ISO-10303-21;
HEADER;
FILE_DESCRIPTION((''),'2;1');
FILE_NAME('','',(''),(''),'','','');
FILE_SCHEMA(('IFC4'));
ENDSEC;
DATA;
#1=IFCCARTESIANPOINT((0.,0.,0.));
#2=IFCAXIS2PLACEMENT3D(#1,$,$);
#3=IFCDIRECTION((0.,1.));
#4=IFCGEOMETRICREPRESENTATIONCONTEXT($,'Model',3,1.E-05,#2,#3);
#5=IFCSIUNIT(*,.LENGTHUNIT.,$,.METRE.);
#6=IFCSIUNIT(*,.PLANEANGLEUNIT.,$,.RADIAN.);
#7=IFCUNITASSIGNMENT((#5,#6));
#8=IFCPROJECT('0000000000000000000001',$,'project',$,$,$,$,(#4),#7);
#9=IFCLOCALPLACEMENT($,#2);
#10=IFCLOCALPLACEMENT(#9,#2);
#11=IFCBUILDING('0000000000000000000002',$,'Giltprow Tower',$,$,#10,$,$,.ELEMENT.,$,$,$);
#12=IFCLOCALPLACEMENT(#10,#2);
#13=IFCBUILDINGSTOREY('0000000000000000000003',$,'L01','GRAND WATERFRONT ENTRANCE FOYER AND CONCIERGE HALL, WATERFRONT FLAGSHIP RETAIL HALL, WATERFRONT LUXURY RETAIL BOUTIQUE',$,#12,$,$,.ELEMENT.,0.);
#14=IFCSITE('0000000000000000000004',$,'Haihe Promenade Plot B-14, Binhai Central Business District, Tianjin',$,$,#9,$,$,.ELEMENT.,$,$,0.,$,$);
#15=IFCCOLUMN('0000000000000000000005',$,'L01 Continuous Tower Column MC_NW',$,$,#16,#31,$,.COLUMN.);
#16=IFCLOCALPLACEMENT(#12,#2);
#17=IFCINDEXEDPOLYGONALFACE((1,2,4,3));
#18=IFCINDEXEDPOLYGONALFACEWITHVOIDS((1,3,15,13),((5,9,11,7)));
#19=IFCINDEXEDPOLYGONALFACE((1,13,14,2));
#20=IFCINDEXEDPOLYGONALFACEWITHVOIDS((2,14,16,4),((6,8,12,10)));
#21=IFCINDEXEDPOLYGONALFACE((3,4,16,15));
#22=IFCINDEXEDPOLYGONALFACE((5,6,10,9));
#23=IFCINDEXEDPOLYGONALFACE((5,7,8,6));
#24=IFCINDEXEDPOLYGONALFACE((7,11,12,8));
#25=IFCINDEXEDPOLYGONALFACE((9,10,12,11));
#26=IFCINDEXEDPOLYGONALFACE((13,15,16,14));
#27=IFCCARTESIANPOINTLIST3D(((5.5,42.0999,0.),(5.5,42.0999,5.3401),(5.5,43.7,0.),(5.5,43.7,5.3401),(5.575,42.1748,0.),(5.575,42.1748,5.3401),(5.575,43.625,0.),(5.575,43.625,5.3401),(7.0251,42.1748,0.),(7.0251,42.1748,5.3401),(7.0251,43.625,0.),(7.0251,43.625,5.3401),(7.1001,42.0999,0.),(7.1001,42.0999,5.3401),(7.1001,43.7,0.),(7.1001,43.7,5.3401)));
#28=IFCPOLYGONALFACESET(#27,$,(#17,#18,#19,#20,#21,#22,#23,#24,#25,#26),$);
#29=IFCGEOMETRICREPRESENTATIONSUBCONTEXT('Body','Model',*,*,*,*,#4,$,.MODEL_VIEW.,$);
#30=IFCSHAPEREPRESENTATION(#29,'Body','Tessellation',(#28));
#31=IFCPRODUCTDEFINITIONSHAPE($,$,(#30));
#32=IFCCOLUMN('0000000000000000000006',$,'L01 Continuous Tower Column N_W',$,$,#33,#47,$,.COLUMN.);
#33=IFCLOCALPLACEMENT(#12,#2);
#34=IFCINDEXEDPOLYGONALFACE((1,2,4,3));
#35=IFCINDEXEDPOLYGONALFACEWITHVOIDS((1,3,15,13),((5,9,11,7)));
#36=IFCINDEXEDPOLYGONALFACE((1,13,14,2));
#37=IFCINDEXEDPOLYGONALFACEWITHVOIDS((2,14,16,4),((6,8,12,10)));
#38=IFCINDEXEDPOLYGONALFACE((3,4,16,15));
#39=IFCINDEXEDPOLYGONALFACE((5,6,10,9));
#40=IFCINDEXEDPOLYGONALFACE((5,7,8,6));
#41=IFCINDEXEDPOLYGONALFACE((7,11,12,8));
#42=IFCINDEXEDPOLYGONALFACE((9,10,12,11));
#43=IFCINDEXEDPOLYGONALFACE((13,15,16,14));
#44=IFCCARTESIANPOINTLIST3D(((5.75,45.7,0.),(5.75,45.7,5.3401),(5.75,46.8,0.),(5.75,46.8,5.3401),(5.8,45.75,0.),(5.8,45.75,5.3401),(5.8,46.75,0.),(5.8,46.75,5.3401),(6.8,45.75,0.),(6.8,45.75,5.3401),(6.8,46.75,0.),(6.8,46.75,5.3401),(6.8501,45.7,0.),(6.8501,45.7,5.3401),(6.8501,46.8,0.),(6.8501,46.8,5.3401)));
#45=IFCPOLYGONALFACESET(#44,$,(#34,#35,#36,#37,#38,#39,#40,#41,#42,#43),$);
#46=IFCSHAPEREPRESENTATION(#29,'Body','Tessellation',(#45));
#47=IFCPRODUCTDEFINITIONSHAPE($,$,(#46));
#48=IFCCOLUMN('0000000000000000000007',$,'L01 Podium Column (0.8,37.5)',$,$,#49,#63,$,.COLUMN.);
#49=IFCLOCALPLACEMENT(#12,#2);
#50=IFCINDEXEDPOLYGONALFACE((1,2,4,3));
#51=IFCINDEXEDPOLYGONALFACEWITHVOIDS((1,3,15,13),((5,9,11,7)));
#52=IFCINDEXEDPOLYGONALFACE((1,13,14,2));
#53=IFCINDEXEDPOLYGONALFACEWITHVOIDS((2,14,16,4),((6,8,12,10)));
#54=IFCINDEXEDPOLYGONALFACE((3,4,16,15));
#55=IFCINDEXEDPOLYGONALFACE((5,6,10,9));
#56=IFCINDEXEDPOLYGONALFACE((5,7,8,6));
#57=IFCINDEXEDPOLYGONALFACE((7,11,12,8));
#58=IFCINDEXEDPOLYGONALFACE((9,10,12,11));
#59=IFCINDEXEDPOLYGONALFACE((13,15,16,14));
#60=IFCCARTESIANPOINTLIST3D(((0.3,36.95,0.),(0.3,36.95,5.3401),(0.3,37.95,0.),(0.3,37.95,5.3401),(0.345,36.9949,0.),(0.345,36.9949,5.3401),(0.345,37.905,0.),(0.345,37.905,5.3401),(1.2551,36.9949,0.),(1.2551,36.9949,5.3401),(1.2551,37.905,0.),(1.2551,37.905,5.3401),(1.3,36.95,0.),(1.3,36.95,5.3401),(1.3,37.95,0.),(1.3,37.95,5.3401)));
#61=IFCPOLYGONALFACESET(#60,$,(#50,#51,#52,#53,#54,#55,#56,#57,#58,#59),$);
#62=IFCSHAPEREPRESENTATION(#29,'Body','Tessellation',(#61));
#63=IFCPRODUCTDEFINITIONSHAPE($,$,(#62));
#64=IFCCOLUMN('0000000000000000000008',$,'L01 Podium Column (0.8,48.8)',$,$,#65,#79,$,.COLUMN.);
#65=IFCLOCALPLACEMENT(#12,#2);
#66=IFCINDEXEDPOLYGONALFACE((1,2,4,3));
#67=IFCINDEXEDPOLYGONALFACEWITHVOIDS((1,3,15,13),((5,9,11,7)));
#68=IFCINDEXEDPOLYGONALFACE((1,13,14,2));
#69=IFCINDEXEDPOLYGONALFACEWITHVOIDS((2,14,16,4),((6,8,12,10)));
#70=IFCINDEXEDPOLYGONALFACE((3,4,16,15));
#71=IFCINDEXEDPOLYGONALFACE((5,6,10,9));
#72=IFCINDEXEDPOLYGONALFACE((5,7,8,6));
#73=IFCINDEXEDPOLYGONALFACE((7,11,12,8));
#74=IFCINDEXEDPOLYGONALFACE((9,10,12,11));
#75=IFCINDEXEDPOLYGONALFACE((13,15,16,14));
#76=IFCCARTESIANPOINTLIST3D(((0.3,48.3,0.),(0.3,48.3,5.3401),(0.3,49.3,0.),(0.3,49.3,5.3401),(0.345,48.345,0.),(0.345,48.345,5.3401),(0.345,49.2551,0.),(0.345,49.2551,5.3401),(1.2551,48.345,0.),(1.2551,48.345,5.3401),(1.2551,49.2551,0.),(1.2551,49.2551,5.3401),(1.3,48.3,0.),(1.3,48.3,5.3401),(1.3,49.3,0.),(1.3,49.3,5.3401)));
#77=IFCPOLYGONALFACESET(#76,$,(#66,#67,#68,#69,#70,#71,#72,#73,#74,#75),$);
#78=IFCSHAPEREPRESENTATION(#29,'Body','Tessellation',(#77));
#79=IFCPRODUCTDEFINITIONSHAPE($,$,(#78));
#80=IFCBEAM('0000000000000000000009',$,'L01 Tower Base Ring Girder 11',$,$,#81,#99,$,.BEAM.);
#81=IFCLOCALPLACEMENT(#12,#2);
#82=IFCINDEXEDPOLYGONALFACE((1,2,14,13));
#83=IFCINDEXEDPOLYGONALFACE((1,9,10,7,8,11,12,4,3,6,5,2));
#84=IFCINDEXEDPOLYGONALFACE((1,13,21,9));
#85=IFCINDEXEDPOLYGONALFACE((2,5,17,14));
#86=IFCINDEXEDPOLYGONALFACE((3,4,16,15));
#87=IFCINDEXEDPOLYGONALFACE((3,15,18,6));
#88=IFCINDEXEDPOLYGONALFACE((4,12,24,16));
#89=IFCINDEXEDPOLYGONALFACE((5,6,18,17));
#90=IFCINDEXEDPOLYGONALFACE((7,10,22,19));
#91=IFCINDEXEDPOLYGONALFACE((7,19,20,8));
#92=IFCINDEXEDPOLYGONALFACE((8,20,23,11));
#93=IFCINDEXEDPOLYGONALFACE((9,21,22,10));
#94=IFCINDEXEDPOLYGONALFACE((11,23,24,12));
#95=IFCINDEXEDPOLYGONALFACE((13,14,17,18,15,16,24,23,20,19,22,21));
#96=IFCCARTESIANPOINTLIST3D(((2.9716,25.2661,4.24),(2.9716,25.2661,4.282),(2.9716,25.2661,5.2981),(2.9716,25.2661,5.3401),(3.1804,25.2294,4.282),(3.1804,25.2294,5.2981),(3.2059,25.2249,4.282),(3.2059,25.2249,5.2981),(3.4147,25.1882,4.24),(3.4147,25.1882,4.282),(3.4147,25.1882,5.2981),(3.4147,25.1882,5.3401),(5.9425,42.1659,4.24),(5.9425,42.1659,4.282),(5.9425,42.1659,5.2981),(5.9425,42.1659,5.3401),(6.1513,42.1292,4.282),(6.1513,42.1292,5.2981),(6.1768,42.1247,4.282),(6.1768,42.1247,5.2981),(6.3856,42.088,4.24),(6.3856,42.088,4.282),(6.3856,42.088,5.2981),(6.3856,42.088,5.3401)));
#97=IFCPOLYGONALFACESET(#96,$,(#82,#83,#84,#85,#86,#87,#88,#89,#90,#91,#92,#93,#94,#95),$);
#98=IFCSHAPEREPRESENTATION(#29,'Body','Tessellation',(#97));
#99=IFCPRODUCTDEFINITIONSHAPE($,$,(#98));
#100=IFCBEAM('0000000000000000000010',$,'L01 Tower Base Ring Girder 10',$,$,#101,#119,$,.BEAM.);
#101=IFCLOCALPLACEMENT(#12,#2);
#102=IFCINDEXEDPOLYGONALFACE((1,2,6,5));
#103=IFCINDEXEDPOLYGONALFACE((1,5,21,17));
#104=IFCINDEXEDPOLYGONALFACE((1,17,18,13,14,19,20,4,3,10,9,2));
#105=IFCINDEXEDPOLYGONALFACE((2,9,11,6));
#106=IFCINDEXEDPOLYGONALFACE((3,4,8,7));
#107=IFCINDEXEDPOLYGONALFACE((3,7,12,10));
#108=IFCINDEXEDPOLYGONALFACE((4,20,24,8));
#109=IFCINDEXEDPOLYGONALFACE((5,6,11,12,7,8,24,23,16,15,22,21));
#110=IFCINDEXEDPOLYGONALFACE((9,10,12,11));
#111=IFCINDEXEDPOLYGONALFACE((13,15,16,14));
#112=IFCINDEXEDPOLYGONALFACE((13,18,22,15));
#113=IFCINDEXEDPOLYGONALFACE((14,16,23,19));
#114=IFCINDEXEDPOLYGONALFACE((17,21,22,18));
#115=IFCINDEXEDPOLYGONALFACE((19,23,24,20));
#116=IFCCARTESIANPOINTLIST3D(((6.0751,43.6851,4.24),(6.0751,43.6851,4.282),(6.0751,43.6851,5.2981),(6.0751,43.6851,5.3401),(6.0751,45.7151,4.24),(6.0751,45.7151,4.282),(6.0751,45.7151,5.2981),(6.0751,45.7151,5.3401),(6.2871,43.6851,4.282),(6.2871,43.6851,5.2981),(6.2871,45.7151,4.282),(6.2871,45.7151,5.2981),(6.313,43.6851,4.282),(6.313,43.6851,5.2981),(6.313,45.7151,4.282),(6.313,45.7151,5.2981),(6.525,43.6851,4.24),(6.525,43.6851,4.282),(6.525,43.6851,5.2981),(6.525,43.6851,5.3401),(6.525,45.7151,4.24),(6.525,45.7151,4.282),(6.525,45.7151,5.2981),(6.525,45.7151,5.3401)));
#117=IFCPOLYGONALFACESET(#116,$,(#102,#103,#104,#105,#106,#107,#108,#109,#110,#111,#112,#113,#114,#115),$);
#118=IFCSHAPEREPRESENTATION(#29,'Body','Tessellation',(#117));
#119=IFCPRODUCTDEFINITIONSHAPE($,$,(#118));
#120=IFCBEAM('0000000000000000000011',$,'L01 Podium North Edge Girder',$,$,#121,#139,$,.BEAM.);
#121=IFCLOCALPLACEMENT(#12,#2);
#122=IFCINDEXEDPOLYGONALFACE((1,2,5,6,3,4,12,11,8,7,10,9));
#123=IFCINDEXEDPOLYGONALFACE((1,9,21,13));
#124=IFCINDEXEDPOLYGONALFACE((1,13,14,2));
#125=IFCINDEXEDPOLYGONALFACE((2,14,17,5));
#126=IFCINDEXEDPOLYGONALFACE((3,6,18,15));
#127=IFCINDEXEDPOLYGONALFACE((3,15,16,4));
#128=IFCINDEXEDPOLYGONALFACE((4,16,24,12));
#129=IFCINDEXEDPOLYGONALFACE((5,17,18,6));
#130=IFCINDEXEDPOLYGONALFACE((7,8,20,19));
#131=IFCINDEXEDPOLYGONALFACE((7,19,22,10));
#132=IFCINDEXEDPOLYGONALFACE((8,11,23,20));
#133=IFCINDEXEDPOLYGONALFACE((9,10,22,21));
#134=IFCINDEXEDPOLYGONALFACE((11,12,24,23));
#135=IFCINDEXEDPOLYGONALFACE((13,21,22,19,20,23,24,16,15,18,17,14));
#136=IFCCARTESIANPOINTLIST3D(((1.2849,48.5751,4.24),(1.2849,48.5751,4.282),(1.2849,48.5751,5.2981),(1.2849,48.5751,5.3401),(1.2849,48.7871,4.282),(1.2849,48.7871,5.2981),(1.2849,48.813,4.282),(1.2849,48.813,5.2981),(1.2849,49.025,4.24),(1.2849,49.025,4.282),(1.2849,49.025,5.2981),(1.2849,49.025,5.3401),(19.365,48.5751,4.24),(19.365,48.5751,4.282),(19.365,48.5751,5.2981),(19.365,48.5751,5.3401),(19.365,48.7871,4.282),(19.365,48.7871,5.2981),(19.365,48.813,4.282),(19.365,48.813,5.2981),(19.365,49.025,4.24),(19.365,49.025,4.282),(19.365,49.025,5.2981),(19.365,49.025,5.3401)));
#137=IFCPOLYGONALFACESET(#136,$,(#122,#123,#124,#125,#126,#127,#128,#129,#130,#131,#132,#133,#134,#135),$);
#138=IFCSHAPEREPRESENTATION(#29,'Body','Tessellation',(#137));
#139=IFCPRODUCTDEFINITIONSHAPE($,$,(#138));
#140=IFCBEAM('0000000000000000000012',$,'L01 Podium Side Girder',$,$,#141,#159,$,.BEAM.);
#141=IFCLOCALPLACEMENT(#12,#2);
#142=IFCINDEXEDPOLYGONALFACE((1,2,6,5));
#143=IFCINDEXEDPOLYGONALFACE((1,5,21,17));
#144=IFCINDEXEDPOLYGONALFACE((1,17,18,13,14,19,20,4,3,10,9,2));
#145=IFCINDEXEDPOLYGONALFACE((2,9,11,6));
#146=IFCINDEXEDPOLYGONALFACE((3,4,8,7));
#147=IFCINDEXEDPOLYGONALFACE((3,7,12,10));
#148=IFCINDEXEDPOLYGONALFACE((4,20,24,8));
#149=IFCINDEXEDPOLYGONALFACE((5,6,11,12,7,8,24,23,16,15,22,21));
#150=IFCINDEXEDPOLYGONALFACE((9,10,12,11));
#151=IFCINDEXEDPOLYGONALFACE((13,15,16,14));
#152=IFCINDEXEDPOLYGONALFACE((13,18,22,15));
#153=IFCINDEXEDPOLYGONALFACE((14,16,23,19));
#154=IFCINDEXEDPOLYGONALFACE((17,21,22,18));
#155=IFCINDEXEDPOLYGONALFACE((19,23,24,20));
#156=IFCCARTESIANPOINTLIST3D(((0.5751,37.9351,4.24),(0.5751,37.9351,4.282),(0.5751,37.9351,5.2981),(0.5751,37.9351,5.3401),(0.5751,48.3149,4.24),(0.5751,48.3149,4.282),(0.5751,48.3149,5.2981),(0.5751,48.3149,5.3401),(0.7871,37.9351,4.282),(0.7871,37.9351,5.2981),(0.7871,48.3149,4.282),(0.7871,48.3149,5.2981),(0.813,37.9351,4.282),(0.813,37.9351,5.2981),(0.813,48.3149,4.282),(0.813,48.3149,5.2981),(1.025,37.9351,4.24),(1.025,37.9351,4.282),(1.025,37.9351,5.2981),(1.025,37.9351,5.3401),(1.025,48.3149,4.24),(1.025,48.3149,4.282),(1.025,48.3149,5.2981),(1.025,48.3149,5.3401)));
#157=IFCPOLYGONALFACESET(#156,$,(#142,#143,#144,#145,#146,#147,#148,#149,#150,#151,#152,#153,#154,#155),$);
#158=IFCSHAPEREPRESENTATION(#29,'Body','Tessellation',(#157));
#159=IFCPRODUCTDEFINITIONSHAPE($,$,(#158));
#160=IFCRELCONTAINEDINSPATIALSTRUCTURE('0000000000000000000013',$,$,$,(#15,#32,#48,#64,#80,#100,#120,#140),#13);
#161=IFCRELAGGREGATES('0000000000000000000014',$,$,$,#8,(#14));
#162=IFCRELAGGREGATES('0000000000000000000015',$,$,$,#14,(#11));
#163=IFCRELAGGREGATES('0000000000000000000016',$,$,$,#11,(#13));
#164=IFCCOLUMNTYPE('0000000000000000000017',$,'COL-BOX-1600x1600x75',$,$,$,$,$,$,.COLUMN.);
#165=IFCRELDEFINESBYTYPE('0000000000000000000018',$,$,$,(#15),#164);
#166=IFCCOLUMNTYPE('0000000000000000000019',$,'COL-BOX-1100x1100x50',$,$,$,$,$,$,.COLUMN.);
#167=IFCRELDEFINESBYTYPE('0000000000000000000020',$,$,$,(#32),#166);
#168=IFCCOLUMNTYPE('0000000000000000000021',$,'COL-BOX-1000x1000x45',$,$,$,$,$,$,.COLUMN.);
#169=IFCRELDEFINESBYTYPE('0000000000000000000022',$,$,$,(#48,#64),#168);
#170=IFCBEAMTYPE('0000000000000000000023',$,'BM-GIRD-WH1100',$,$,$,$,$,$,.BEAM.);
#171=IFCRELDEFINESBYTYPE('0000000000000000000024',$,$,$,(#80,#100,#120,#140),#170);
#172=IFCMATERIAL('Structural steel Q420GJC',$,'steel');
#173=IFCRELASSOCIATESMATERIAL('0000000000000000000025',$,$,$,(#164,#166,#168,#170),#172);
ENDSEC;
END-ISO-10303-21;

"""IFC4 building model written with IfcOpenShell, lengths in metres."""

from ifc_helpers import new_model, si_unit, direction, frame, origin, origin_2d, place, context, subcontext, project, spatial, hollow_rectangle, i_section, extrude, source, transform, mapped, material, material_profile, profile_set, type_object, element, save


model = new_model("IFC4")

# Units and contexts
model_context = context("Model", 3, precision=1e-05, world=origin(), true_north=direction((0.0, 1.0)))
body_context = subcontext(model_context, "Body", "Model", "MODEL_VIEW")
ifc_project = project(units=[si_unit("LENGTHUNIT", "METRE"), si_unit("PLANEANGLEUNIT", "RADIAN")], contexts=[model_context])

# Site, building, storey
site_placement = place(None, origin())
site = spatial("IfcSite", under=ifc_project, at=site_placement, Name="Haihe Promenade Plot B-14, Binhai Central Business District, Tianjin", CompositionType="ELEMENT", RefElevation=0.0)
building_placement = place(site_placement, origin())
building = spatial("IfcBuilding", under=site, at=building_placement, Name="Giltprow Tower", CompositionType="ELEMENT")
storey_placement = place(building_placement, origin())
storey = spatial("IfcBuildingStorey", under=building, at=storey_placement, Name="L01", Description="GRAND WATERFRONT ENTRANCE FOYER AND CONCIERGE HALL, WATERFRONT FLAGSHIP RETAIL HALL, WATERFRONT LUXURY RETAIL BOUTIQUE", CompositionType="ELEMENT", Elevation=0.0)

# Columns
ifc_material_1 = material(Name="Structural steel Q420GJC", Category="steel")
ifc_material_profile_1 = material_profile(ifc_material_1, hollow_rectangle(XDim=1.6001, YDim=1.6001, WallThickness=0.075, at=origin_2d()), Name="BOX 1600x1600x75")
ifc_profile_set_1 = profile_set([ifc_material_profile_1], Name="Structural steel Q420GJC")
column_type_1 = type_object("IfcColumnType", Name="COL-BOX-1600x1600x75", PredefinedType="COLUMN", material=ifc_profile_set_1)
shared_shape_1 = source(origin(), body_context, "Body", "SweptSolid", [
    extrude(hollow_rectangle(XDim=1.6001, YDim=1.6001, WallThickness=0.075, at=origin_2d()), origin(), (0.0, 0.0, 1.0), 5.3401),
])
column_1_placement = place(storey_placement, frame((6.3, 42.8999, 0.0), z_axis=(0.0, 0.0, 1.0), x_axis=(1.0, 0.0, 0.0)))
element("IfcColumn", 1, at=column_1_placement, inside=storey, type_object=column_type_1, Name="L01 Continuous Tower Column MC_NW", PredefinedType="COLUMN", context=body_context, shape_type="MappedRepresentation", body=[
    mapped(shared_shape_1, transform((0.0, 0.0, 0.0), x_axis=(1.0, 0.0, 0.0), y_axis=(0.0, 1.0, 0.0), z_axis=(0.0, 0.0, 1.0), scale=1.0)),
])
ifc_material_profile_2 = material_profile(ifc_material_1, hollow_rectangle(XDim=1.1001, YDim=1.1001, WallThickness=0.05, at=origin_2d()), Name="BOX 1100x1100x50")
ifc_profile_set_2 = profile_set([ifc_material_profile_2], Name="Structural steel Q420GJC")
column_type_2 = type_object("IfcColumnType", Name="COL-BOX-1100x1100x50", PredefinedType="COLUMN", material=ifc_profile_set_2)
shared_shape_2 = source(origin(), body_context, "Body", "SweptSolid", [
    extrude(hollow_rectangle(XDim=1.1001, YDim=1.1001, WallThickness=0.05, at=origin_2d()), origin(), (0.0, 0.0, 1.0), 5.3401),
])
column_2_placement = place(storey_placement, frame((6.3, 46.25, 0.0), z_axis=(0.0, 0.0, 1.0), x_axis=(1.0, 0.0, 0.0)))
element("IfcColumn", 2, at=column_2_placement, inside=storey, type_object=column_type_2, Name="L01 Continuous Tower Column N_W", PredefinedType="COLUMN", context=body_context, shape_type="MappedRepresentation", body=[
    mapped(shared_shape_2, transform((0.0, 0.0, 0.0), x_axis=(1.0, 0.0, 0.0), y_axis=(0.0, 1.0, 0.0), z_axis=(0.0, 0.0, 1.0), scale=1.0)),
])
ifc_material_profile_3 = material_profile(ifc_material_1, hollow_rectangle(XDim=1.0, YDim=1.0, WallThickness=0.0449, at=origin_2d()), Name="BOX 1000x1000x45")
ifc_profile_set_3 = profile_set([ifc_material_profile_3], Name="Structural steel Q420GJC")
column_type_3 = type_object("IfcColumnType", Name="COL-BOX-1000x1000x45", PredefinedType="COLUMN", material=ifc_profile_set_3)
shared_shape_3 = source(origin(), body_context, "Body", "SweptSolid", [
    extrude(hollow_rectangle(XDim=1.0, YDim=1.0, WallThickness=0.0449, at=origin_2d()), origin(), (0.0, 0.0, 1.0), 5.3401),
])
for number, where, z_axis, x_axis, name in (
    (3, (0.8, 37.45, 0.0), (0.0, 0.0, 1.0), (1.0, 0.0, 0.0), "L01 Podium Column (0.8,37.5)"),
    (4, (0.8, 48.8, 0.0), (0.0, 0.0, 1.0), (1.0, 0.0, 0.0), "L01 Podium Column (0.8,48.8)"),
):
    element("IfcColumn", number, at=place(storey_placement, frame(where, z_axis=z_axis, x_axis=x_axis)), inside=storey, type_object=column_type_3, Name=name, PredefinedType="COLUMN", context=body_context, shape_type="MappedRepresentation", body=[
        mapped(shared_shape_3, transform((0.0, 0.0, 0.0), x_axis=(1.0, 0.0, 0.0), y_axis=(0.0, 1.0, 0.0), z_axis=(0.0, 0.0, 1.0), scale=1.0)),
    ])

# Beams
ifc_material_profile_4 = material_profile(ifc_material_1, i_section(OverallWidth=0.45, OverallDepth=1.1001, WebThickness=0.0259, FlangeThickness=0.042, at=origin_2d()), Name="WH 1100x450x26x42")
ifc_profile_set_4 = profile_set([ifc_material_profile_4], Name="Structural steel Q420GJC")
beam_type = type_object("IfcBeamType", Name="BM-GIRD-WH1100", PredefinedType="BEAM", material=ifc_profile_set_4)
shared_shape_4 = source(origin(), body_context, "Body", "SweptSolid", [
    extrude(i_section(OverallWidth=0.45, OverallDepth=1.1001, WebThickness=0.0259, FlangeThickness=0.042, at=origin_2d()), origin(), (0.0, 0.0, 1.0), 17.1589),
])
beam_1_placement = place(storey_placement, frame((6.1641, 42.127, 4.79), z_axis=(-0.173142, -0.984897, 0.0), x_axis=(0.984897, -0.173142, 0.0)))
element("IfcBeam", 5, at=beam_1_placement, inside=storey, type_object=beam_type, Name="L01 Tower Base Ring Girder 11", PredefinedType="BEAM", context=body_context, shape_type="MappedRepresentation", body=[
    mapped(shared_shape_4, transform((0.0, 0.0, 0.0), x_axis=(1.0, 0.0, 0.0), y_axis=(0.0, 1.0, 0.0), z_axis=(0.0, 0.0, 1.0), scale=1.0)),
])
shared_shape_5 = source(origin(), body_context, "Body", "SweptSolid", [
    extrude(i_section(OverallWidth=0.45, OverallDepth=1.1001, WebThickness=0.0259, FlangeThickness=0.042, at=origin_2d()), origin(), (0.0, 0.0, 1.0), 2.03),
])
beam_2_placement = place(storey_placement, frame((6.3, 45.7151, 4.79), z_axis=(0.0, -1.0, 0.0), x_axis=(1.0, 0.0, 0.0)))
element("IfcBeam", 6, at=beam_2_placement, inside=storey, type_object=beam_type, Name="L01 Tower Base Ring Girder 10", PredefinedType="BEAM", context=body_context, shape_type="MappedRepresentation", body=[
    mapped(shared_shape_5, transform((0.0, 0.0, 0.0), x_axis=(1.0, 0.0, 0.0), y_axis=(0.0, 1.0, 0.0), z_axis=(0.0, 0.0, 1.0), scale=1.0)),
])
shared_shape_6 = source(origin(), body_context, "Body", "SweptSolid", [
    extrude(i_section(OverallWidth=0.45, OverallDepth=1.1001, WebThickness=0.0259, FlangeThickness=0.042, at=origin_2d()), origin(), (0.0, 0.0, 1.0), 18.0801),
])
beam_3_placement = place(storey_placement, frame((1.2849, 48.8, 4.79), z_axis=(1.0, 0.0, 0.0), x_axis=(0.0, 1.0, 0.0)))
element("IfcBeam", 7, at=beam_3_placement, inside=storey, type_object=beam_type, Name="L01 Podium North Edge Girder", PredefinedType="BEAM", context=body_context, shape_type="MappedRepresentation", body=[
    mapped(shared_shape_6, transform((0.0, 0.0, 0.0), x_axis=(1.0, 0.0, 0.0), y_axis=(0.0, 1.0, 0.0), z_axis=(0.0, 0.0, 1.0), scale=1.0)),
])
shared_shape_7 = source(origin(), body_context, "Body", "SweptSolid", [
    extrude(i_section(OverallWidth=0.45, OverallDepth=1.1001, WebThickness=0.0259, FlangeThickness=0.042, at=origin_2d()), origin(), (0.0, 0.0, 1.0), 10.3799),
])
beam_4_placement = place(storey_placement, frame((0.8, 37.9351, 4.79), z_axis=(0.0, 1.0, 0.0), x_axis=(-1.0, 0.0, 0.0)))
element("IfcBeam", 8, at=beam_4_placement, inside=storey, type_object=beam_type, Name="L01 Podium Side Girder", PredefinedType="BEAM", context=body_context, shape_type="MappedRepresentation", body=[
    mapped(shared_shape_7, transform((0.0, 0.0, 0.0), x_axis=(1.0, 0.0, 0.0), y_axis=(0.0, 1.0, 0.0), z_axis=(0.0, 0.0, 1.0), scale=1.0)),
])

save(model, "model.ifc")
